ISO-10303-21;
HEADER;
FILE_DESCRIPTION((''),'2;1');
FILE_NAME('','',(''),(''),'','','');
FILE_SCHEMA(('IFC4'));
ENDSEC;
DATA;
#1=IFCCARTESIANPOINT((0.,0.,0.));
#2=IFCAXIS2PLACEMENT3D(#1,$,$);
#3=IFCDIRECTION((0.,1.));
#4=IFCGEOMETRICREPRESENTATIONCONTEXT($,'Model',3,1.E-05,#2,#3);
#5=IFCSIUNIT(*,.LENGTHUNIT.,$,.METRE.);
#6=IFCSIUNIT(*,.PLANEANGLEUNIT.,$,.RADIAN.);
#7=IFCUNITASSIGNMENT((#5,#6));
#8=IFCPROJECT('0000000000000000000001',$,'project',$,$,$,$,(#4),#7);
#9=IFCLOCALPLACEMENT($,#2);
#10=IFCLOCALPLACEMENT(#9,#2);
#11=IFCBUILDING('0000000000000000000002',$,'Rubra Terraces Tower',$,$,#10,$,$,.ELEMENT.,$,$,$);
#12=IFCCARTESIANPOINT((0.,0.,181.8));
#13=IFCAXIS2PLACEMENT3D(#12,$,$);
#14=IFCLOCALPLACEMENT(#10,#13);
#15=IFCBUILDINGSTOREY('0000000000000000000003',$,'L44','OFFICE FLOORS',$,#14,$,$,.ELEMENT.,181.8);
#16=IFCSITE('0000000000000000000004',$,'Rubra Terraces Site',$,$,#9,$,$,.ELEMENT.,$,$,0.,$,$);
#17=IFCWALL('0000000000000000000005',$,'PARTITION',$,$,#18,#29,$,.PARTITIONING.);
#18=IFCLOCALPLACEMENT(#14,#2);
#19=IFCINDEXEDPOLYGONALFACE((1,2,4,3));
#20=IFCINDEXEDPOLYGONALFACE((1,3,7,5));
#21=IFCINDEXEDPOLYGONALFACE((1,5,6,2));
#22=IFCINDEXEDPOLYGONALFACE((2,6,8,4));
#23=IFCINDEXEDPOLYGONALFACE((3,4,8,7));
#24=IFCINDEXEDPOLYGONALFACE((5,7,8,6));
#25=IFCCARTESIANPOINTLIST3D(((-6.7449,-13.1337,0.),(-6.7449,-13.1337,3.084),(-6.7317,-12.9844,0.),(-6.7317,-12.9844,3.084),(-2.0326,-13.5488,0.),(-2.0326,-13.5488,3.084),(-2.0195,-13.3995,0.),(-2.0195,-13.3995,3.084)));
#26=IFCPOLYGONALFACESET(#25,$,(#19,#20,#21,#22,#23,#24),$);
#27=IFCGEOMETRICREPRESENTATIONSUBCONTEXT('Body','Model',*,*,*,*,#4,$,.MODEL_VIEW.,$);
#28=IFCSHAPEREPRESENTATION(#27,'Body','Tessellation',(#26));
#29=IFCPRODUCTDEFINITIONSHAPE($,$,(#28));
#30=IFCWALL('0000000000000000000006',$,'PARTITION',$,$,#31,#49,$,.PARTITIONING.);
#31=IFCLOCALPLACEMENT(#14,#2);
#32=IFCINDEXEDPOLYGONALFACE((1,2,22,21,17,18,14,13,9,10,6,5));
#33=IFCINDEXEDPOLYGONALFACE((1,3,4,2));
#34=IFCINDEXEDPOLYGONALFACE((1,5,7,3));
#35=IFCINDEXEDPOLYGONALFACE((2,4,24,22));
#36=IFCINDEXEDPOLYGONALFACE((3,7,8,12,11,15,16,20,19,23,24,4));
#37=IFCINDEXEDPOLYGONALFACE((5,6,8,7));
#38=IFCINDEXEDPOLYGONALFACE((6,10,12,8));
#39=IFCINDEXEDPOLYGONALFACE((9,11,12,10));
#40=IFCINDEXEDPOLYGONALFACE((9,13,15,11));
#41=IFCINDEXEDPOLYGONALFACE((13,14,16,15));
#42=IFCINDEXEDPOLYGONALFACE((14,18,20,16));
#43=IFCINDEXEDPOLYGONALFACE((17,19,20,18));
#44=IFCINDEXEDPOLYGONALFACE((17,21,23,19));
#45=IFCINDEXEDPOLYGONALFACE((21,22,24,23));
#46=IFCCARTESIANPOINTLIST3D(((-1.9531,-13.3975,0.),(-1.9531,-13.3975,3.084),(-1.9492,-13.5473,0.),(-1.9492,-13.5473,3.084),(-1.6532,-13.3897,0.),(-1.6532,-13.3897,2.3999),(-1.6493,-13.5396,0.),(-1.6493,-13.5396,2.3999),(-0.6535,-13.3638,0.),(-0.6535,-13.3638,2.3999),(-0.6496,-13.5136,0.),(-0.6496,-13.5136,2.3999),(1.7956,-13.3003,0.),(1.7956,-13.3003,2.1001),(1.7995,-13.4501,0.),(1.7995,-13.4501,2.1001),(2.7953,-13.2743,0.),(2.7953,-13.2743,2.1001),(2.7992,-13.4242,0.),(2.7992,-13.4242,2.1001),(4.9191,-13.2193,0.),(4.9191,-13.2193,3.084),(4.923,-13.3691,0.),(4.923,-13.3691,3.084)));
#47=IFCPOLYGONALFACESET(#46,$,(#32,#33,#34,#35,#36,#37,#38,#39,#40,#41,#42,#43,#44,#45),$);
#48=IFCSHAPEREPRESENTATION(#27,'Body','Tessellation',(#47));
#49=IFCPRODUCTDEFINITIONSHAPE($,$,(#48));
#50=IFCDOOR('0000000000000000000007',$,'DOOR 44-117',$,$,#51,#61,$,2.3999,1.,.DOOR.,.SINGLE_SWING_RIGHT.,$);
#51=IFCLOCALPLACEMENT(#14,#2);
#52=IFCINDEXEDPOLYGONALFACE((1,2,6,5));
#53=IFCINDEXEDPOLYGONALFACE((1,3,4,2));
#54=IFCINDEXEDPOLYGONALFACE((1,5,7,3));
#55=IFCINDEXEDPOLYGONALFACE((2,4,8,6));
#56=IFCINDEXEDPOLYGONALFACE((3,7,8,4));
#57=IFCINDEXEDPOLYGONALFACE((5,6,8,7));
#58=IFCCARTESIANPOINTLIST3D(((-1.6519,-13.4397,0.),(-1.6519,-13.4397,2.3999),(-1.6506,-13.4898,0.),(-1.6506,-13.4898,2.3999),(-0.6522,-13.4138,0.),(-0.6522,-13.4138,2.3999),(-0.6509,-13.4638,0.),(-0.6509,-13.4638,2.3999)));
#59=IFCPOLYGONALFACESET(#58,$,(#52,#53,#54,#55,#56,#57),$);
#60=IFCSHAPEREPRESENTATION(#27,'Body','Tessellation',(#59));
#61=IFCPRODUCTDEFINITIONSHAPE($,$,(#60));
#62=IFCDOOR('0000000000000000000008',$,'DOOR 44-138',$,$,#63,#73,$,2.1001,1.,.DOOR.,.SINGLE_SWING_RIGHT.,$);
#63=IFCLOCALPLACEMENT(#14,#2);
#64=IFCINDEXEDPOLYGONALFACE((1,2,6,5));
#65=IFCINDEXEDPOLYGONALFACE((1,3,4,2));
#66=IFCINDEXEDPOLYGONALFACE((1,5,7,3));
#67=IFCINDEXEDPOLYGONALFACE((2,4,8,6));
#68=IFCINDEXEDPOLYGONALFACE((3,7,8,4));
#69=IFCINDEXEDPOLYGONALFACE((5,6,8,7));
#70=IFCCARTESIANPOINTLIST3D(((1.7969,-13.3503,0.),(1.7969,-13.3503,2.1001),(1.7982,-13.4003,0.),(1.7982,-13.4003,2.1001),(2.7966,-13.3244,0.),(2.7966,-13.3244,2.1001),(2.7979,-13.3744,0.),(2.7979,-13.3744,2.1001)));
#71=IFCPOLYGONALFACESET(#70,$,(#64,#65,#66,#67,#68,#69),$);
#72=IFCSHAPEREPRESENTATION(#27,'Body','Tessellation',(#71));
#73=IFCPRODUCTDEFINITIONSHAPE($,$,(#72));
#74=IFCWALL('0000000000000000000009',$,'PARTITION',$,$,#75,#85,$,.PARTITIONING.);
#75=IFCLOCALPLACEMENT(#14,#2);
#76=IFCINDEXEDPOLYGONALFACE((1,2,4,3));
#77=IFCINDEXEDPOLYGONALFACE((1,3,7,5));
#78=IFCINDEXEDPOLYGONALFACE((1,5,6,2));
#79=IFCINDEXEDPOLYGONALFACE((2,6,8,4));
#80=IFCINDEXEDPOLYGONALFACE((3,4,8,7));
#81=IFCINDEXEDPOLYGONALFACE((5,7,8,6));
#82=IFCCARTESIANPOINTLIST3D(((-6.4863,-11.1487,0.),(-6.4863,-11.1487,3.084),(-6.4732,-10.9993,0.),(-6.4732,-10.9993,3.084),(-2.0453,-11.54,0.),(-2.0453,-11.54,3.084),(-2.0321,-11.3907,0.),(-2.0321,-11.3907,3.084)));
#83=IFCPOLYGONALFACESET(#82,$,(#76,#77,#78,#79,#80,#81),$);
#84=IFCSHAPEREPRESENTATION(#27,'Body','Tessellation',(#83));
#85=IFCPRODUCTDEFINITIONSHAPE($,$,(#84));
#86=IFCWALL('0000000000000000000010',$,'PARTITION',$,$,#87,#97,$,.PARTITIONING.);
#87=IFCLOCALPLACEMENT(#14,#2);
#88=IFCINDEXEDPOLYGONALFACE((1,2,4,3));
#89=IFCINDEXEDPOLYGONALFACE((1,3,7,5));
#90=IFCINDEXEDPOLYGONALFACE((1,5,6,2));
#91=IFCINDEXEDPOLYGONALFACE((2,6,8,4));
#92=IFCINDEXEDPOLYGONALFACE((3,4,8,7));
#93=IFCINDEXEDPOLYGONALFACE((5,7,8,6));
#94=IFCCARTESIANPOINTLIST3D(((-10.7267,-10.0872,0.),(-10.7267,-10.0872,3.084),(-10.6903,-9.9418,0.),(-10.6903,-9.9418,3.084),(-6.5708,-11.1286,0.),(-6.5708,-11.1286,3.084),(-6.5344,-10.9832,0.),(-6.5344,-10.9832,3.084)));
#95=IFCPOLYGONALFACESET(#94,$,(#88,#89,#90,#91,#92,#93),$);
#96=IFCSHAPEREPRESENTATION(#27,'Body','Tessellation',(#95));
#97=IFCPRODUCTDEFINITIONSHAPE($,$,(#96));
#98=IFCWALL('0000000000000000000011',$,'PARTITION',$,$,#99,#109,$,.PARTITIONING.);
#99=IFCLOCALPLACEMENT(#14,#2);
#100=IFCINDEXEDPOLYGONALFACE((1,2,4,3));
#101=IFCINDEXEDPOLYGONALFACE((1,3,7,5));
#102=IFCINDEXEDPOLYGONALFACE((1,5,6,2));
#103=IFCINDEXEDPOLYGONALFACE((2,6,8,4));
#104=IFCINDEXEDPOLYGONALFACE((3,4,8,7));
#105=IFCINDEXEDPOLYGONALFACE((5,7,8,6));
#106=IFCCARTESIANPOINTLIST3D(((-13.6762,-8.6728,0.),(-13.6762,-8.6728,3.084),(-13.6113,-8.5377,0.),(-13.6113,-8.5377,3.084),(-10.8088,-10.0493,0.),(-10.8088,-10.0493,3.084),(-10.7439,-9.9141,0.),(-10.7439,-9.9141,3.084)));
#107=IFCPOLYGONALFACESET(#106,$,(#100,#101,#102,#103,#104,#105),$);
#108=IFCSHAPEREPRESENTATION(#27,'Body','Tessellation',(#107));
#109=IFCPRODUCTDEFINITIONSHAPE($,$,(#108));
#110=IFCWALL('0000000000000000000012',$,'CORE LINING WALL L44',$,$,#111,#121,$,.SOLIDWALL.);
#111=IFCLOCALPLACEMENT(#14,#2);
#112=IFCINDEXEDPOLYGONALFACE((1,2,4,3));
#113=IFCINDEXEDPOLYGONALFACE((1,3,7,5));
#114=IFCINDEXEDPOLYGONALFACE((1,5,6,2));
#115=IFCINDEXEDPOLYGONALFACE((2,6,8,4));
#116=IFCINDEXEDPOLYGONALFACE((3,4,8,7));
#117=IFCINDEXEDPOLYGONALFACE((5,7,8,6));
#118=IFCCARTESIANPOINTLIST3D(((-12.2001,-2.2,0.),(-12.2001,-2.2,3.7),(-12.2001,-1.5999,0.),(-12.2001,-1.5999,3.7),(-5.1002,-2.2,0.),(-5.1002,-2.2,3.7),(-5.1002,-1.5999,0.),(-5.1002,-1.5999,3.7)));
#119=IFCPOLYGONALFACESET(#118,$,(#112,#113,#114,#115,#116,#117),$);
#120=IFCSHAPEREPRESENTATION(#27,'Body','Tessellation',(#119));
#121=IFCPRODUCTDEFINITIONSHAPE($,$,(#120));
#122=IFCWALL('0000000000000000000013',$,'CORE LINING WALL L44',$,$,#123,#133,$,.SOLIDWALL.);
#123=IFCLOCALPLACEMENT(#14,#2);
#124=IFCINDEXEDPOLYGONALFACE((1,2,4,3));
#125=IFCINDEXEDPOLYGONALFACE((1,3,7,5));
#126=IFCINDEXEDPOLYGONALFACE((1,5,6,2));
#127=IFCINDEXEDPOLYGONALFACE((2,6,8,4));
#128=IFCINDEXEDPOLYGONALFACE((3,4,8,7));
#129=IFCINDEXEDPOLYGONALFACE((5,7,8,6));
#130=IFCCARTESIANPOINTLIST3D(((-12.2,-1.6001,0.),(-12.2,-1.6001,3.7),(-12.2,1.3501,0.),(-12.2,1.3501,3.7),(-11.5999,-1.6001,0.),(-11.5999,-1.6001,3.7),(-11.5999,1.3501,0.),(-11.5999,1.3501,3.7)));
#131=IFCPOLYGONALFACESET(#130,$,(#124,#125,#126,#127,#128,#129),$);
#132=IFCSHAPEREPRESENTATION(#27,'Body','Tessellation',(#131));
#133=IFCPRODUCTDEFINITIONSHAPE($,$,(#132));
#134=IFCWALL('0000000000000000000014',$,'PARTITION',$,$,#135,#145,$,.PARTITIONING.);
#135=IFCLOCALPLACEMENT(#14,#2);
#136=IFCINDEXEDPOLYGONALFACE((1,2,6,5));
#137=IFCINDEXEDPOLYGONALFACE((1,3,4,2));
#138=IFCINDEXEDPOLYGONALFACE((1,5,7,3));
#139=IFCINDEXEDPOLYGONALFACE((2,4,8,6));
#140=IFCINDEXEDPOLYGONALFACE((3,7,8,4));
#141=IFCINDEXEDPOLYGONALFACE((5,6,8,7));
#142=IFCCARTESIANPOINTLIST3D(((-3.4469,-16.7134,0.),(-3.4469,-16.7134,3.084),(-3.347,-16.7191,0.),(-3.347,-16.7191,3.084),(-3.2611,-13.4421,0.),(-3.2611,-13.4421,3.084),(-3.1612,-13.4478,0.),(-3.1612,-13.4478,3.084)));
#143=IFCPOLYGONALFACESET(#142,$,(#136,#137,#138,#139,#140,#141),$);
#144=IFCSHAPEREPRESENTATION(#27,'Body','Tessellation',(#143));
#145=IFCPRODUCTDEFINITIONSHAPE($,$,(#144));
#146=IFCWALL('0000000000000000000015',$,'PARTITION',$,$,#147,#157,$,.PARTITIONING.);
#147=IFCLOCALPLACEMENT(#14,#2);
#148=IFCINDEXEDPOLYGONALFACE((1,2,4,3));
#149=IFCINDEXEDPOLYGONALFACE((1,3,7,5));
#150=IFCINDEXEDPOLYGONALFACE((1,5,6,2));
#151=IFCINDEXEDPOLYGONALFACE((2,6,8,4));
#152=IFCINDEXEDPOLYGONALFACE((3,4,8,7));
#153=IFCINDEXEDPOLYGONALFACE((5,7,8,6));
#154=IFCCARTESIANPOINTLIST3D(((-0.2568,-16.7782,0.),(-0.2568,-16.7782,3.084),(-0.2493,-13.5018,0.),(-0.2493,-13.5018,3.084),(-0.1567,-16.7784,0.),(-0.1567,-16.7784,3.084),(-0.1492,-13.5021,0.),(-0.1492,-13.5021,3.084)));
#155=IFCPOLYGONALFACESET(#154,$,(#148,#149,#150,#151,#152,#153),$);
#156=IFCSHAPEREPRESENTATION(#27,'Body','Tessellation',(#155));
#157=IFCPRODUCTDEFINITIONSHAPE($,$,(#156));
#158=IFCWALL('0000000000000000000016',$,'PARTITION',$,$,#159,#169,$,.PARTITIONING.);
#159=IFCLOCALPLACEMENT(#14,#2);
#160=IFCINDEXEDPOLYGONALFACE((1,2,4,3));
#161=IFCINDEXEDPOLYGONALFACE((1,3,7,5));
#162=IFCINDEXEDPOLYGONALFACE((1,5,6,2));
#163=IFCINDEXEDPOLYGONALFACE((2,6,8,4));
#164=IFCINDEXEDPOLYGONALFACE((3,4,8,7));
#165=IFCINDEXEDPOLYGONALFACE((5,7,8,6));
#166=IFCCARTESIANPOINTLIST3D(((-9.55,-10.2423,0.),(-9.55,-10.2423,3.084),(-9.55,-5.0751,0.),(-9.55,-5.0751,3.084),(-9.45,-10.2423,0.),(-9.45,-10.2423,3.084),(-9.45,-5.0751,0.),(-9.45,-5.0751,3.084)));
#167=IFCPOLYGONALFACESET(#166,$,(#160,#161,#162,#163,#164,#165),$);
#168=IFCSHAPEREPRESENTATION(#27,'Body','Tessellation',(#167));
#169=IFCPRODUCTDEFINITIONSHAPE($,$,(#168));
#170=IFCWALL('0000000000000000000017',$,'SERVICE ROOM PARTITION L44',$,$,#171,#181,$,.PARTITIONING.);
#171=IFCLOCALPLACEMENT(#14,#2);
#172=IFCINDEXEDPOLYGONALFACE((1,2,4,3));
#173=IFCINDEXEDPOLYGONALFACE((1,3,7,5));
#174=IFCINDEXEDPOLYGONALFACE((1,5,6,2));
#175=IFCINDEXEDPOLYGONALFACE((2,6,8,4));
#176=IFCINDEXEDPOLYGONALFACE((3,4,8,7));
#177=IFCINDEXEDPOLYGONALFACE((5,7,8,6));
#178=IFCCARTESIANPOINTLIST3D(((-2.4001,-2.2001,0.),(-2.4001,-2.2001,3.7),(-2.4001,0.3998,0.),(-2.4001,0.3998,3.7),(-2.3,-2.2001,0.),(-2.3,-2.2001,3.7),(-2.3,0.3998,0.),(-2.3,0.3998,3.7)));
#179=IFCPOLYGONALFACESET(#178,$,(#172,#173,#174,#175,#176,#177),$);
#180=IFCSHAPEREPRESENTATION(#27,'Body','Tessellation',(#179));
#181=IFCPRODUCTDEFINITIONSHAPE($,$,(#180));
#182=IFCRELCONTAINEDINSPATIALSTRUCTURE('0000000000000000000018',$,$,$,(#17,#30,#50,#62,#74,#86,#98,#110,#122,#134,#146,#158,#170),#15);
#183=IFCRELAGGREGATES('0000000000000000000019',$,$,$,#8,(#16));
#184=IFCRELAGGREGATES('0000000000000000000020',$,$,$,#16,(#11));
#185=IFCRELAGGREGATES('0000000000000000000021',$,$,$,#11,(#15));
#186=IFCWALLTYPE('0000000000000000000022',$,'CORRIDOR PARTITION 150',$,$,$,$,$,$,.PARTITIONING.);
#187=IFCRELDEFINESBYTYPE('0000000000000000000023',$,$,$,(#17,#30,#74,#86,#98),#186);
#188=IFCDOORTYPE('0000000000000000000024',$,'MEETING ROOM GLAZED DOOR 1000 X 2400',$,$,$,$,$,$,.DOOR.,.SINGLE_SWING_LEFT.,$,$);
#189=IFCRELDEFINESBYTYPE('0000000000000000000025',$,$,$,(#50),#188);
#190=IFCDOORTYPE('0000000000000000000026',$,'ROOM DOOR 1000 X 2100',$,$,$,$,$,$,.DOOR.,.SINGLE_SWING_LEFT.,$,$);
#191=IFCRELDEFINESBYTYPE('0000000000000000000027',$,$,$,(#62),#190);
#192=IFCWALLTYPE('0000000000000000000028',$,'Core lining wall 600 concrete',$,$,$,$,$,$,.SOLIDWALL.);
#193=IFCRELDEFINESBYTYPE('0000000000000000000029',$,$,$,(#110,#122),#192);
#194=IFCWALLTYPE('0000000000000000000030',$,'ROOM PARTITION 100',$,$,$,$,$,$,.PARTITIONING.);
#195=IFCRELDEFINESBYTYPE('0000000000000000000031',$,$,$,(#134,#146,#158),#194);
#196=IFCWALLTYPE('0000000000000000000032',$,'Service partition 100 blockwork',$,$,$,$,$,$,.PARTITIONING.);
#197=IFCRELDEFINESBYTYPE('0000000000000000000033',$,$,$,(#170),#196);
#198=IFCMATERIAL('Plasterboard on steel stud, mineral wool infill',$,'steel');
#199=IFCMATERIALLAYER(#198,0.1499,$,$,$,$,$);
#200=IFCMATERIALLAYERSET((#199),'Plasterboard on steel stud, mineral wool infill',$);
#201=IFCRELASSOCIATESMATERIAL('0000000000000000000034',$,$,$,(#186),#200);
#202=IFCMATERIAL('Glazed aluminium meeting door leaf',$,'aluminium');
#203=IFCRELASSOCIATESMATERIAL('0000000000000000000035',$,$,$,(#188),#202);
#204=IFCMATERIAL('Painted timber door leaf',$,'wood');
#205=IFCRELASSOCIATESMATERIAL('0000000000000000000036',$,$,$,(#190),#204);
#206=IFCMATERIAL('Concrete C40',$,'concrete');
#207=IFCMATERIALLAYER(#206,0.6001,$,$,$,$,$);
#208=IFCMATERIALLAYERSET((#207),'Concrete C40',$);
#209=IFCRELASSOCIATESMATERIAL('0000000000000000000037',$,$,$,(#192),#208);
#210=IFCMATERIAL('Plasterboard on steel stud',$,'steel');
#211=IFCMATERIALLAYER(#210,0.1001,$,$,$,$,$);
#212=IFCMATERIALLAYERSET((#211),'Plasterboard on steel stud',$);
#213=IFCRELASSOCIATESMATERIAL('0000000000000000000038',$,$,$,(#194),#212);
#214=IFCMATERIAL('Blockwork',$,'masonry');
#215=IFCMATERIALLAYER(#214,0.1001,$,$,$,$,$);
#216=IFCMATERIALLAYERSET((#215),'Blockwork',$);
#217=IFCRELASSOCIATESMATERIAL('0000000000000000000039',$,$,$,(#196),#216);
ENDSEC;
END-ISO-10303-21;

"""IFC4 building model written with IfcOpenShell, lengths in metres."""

from ifc_helpers import new_model, si_unit, direction, frame, frame_2d, origin, place, context, subcontext, project, spatial, rectangle, extrude, material, layer, layer_set, type_object, element, fill, save


model = new_model("IFC4")

# Units and contexts
model_context = context("Model", 3, precision=1e-05, world=origin(), true_north=direction((0.0, 1.0)))
body_context = subcontext(model_context, "Body", "Model", "MODEL_VIEW")
ifc_project = project(units=[si_unit("LENGTHUNIT", "METRE"), si_unit("PLANEANGLEUNIT", "RADIAN")], contexts=[model_context])

# Site, building, storey
site_placement = place(None, origin())
site = spatial("IfcSite", under=ifc_project, at=site_placement, Name="Rubra Terraces Site", CompositionType="ELEMENT", RefElevation=0.0)
building_placement = place(site_placement, origin())
building = spatial("IfcBuilding", under=site, at=building_placement, Name="Rubra Terraces Tower", CompositionType="ELEMENT")
storey_placement = place(building_placement, frame((0.0, 0.0, 181.8)))
storey = spatial("IfcBuildingStorey", under=building, at=storey_placement, Name="L44", Description="OFFICE FLOORS", CompositionType="ELEMENT", Elevation=181.8)

# Shared definitions
ifc_material_1 = material(Name="Concrete C40", Category="concrete")

# Shared definitions
ifc_material_2 = material(Name="Plasterboard on steel stud, mineral wool infill", Category="steel")
ifc_layer_1 = layer(ifc_material_2, 0.1499)
ifc_layer_set_1 = layer_set([ifc_layer_1], Name="Plasterboard on steel stud, mineral wool infill")
wall_type_1 = type_object("IfcWallType", Name="CORRIDOR PARTITION 150", PredefinedType="PARTITIONING", material=ifc_layer_set_1)

# Wall
wall_1_placement = place(storey_placement, frame((-6.7383, -13.0591, 0.0), z_axis=(0.0, 0.0, 1.0), x_axis=(0.996144, -0.087739, 0.0)))
element("IfcWall", 1, at=wall_1_placement, inside=storey, type_object=wall_type_1, Name="PARTITION", PredefinedType="PARTITIONING", context=body_context, shape_type="SweptSolid", body=[
    extrude(rectangle(XDim=4.7305, YDim=0.1499, at=frame_2d((2.3652, 0.0))), origin(), (0.0, 0.0, 1.0), 3.084),
])

# Wall, openings, doors
wall_2_placement = place(storey_placement, frame((-1.9512, -13.4724, 0.0), z_axis=(0.0, 0.0, 1.0), x_axis=(0.999664, 0.025925, 0.0)))
wall_2 = element("IfcWall", 2, at=wall_2_placement, inside=storey, type_object=wall_type_1, Name="PARTITION", PredefinedType="PARTITIONING", context=body_context, shape_type="SweptSolid", body=[
    extrude(rectangle(XDim=6.8745, YDim=0.1499, at=frame_2d((3.4373, 0.0))), origin(), (0.0, 0.0, 1.0), 3.084),
])
opening_1_placement = place(wall_2_placement, frame((0.3, 0.0, 0.0)))
opening_1 = element("IfcOpeningElement", 3, at=opening_1_placement, cuts=wall_2, PredefinedType="OPENING", context=body_context, shape_type="SweptSolid", body=[
    extrude(rectangle(XDim=1.0, YDim=2.3999, at=frame_2d((0.5, 1.2))), frame((0.0, 0.085, 0.0), z_axis=(0.0, -1.0, 0.0), x_axis=(1.0, 0.0, 0.0)), (0.0, 0.0, 1.0), 0.1699),
])
opening_2_placement = place(wall_2_placement, frame((3.75, 0.0, 0.0)))
opening_2 = element("IfcOpeningElement", 4, at=opening_2_placement, cuts=wall_2, PredefinedType="OPENING", context=body_context, shape_type="SweptSolid", body=[
    extrude(rectangle(XDim=1.0, YDim=2.1001, at=frame_2d((0.5, 1.05))), frame((0.0, 0.085, 0.0), z_axis=(0.0, -1.0, 0.0), x_axis=(1.0, 0.0, 0.0)), (0.0, 0.0, 1.0), 0.1699),
])
ifc_material_3 = material(Name="Glazed aluminium meeting door leaf", Category="aluminium")
door_type_1 = type_object("IfcDoorType", Name="MEETING ROOM GLAZED DOOR 1000 X 2400", OperationType="SINGLE_SWING_LEFT", PredefinedType="DOOR", material=ifc_material_3)
door_1_placement = place(opening_1_placement, origin())
door_1 = element("IfcDoor", 5, at=door_1_placement, inside=storey, type_object=door_type_1, Name="DOOR 44-117", OperationType="SINGLE_SWING_RIGHT", OverallHeight=2.3999, OverallWidth=1.0, PredefinedType="DOOR", context=body_context, shape_type="SweptSolid", body=[
    extrude(rectangle(XDim=1.0, YDim=2.3999, at=frame_2d((0.5, 1.2))), frame((0.0, 0.0249, 0.0), z_axis=(0.0, -1.0, 0.0), x_axis=(1.0, 0.0, 0.0)), (0.0, 0.0, 1.0), 0.05),
])
fill(opening_1, door_1)
ifc_material_4 = material(Name="Painted timber door leaf", Category="wood")
door_type_2 = type_object("IfcDoorType", Name="ROOM DOOR 1000 X 2100", OperationType="SINGLE_SWING_LEFT", PredefinedType="DOOR", material=ifc_material_4)
door_2_placement = place(opening_2_placement, origin())
door_2 = element("IfcDoor", 6, at=door_2_placement, inside=storey, type_object=door_type_2, Name="DOOR 44-138", OperationType="SINGLE_SWING_RIGHT", OverallHeight=2.1001, OverallWidth=1.0, PredefinedType="DOOR", context=body_context, shape_type="SweptSolid", body=[
    extrude(rectangle(XDim=1.0, YDim=2.1001, at=frame_2d((0.5, 1.05))), frame((0.0, 0.0249, 0.0), z_axis=(0.0, -1.0, 0.0), x_axis=(1.0, 0.0, 0.0)), (0.0, 0.0, 1.0), 0.05),
])
fill(opening_2, door_2)

# Walls
wall_3_placement = place(storey_placement, frame((-2.0388, -11.4653, 0.0), z_axis=(0.0, 0.0, 1.0), x_axis=(-0.99614, 0.08778, 0.0)))
element("IfcWall", 7, at=wall_3_placement, inside=storey, type_object=wall_type_1, Name="PARTITION", PredefinedType="PARTITIONING", context=body_context, shape_type="SweptSolid", body=[
    extrude(rectangle(XDim=4.4583, YDim=0.1499, at=frame_2d((2.229, 0.0))), origin(), (0.0, 0.0, 1.0), 3.084),
])
wall_4_placement = place(storey_placement, frame((-6.5527, -11.0559, 0.0), z_axis=(0.0, 0.0, 1.0), x_axis=(-0.970005, 0.243085, 0.0)))
element("IfcWall", 8, at=wall_4_placement, inside=storey, type_object=wall_type_1, Name="PARTITION", PredefinedType="PARTITIONING", context=body_context, shape_type="SweptSolid", body=[
    extrude(rectangle(XDim=4.2844, YDim=0.1499, at=frame_2d((2.1421, 0.0))), origin(), (0.0, 0.0, 1.0), 3.084),
])
wall_5_placement = place(storey_placement, frame((-10.7764, -9.9817, 0.0), z_axis=(0.0, 0.0, 1.0), x_axis=(-0.901511, 0.432756, 0.0)))
element("IfcWall", 9, at=wall_5_placement, inside=storey, type_object=wall_type_1, Name="PARTITION", PredefinedType="PARTITIONING", context=body_context, shape_type="SweptSolid", body=[
    extrude(rectangle(XDim=3.1807, YDim=0.1499, at=frame_2d((1.5903, 0.0))), origin(), (0.0, 0.0, 1.0), 3.084),
])
ifc_layer_2 = layer(ifc_material_1, 0.6001)
ifc_layer_set_2 = layer_set([ifc_layer_2], Name="Concrete C40")
wall_type_2 = type_object("IfcWallType", Name="Core lining wall 600 concrete", PredefinedType="SOLIDWALL", material=ifc_layer_set_2)
wall_6_placement = place(storey_placement, frame((-12.2, -1.8999, 0.0), z_axis=(0.0, 0.0, 1.0), x_axis=(1.0, 0.0, 0.0)))
element("IfcWall", 10, at=wall_6_placement, inside=storey, type_object=wall_type_2, Name="CORE LINING WALL L44", PredefinedType="SOLIDWALL", context=body_context, shape_type="SweptSolid", body=[
    extrude(rectangle(XDim=7.0999, YDim=0.6001, at=frame_2d((3.5498, 0.0))), origin(), (0.0, 0.0, 1.0), 3.7),
])
wall_7_placement = place(storey_placement, frame((-11.8999, -1.6001, 0.0), z_axis=(0.0, 0.0, 1.0), x_axis=(0.0, 1.0, 0.0)))
element("IfcWall", 11, at=wall_7_placement, inside=storey, type_object=wall_type_2, Name="CORE LINING WALL L44", PredefinedType="SOLIDWALL", context=body_context, shape_type="SweptSolid", body=[
    extrude(rectangle(XDim=2.9502, YDim=0.6001, at=frame_2d((1.4751, 0.0))), origin(), (0.0, 0.0, 1.0), 3.7),
])
ifc_material_5 = material(Name="Plasterboard on steel stud", Category="steel")
ifc_layer_3 = layer(ifc_material_5, 0.1001)
ifc_layer_set_3 = layer_set([ifc_layer_3], Name="Plasterboard on steel stud")
wall_type_3 = type_object("IfcWallType", Name="ROOM PARTITION 100", PredefinedType="PARTITIONING", material=ifc_layer_set_3)
wall_8_placement = place(storey_placement, frame((-3.2112, -13.4451, 0.0), z_axis=(0.0, 0.0, 1.0), x_axis=(-0.056704, -0.998391, 0.0)))
element("IfcWall", 12, at=wall_8_placement, inside=storey, type_object=wall_type_3, Name="PARTITION", PredefinedType="PARTITIONING", context=body_context, shape_type="SweptSolid", body=[
    extrude(rectangle(XDim=3.2766, YDim=0.1001, at=frame_2d((1.6382, 0.0))), origin(), (0.0, 0.0, 1.0), 3.084),
])
wall_9_placement = place(storey_placement, frame((-0.1992, -13.502, 0.0), z_axis=(0.0, 0.0, 1.0), x_axis=(-0.00231, -0.999997, 0.0)))
element("IfcWall", 13, at=wall_9_placement, inside=storey, type_object=wall_type_3, Name="PARTITION", PredefinedType="PARTITIONING", context=body_context, shape_type="SweptSolid", body=[
    extrude(rectangle(XDim=3.2764, YDim=0.1001, at=frame_2d((1.6382, 0.0))), origin(), (0.0, 0.0, 1.0), 3.084),
])
wall_10_placement = place(storey_placement, frame((-9.5, -10.2422, 0.0), z_axis=(0.0, 0.0, 1.0), x_axis=(0.0, 1.0, 0.0)))
element("IfcWall", 14, at=wall_10_placement, inside=storey, type_object=wall_type_3, Name="PARTITION", PredefinedType="PARTITIONING", context=body_context, shape_type="SweptSolid", body=[
    extrude(rectangle(XDim=5.1672, YDim=0.1001, at=frame_2d((2.5835, 0.0))), origin(), (0.0, 0.0, 1.0), 3.084),
])
ifc_material_6 = material(Name="Blockwork", Category="masonry")
ifc_layer_4 = layer(ifc_material_6, 0.1001)
ifc_layer_set_4 = layer_set([ifc_layer_4], Name="Blockwork")
wall_type_4 = type_object("IfcWallType", Name="Service partition 100 blockwork", PredefinedType="PARTITIONING", material=ifc_layer_set_4)
wall_11_placement = place(storey_placement, frame((-2.3501, -2.2, 0.0), z_axis=(0.0, 0.0, 1.0), x_axis=(0.0, 1.0, 0.0)))
element("IfcWall", 15, at=wall_11_placement, inside=storey, type_object=wall_type_4, Name="SERVICE ROOM PARTITION L44", PredefinedType="PARTITIONING", context=body_context, shape_type="SweptSolid", body=[
    extrude(rectangle(XDim=2.5999, YDim=0.1001, at=frame_2d((1.2998, 0.0))), origin(), (0.0, 0.0, 1.0), 3.7),
])

save(model, "model.ifc")
